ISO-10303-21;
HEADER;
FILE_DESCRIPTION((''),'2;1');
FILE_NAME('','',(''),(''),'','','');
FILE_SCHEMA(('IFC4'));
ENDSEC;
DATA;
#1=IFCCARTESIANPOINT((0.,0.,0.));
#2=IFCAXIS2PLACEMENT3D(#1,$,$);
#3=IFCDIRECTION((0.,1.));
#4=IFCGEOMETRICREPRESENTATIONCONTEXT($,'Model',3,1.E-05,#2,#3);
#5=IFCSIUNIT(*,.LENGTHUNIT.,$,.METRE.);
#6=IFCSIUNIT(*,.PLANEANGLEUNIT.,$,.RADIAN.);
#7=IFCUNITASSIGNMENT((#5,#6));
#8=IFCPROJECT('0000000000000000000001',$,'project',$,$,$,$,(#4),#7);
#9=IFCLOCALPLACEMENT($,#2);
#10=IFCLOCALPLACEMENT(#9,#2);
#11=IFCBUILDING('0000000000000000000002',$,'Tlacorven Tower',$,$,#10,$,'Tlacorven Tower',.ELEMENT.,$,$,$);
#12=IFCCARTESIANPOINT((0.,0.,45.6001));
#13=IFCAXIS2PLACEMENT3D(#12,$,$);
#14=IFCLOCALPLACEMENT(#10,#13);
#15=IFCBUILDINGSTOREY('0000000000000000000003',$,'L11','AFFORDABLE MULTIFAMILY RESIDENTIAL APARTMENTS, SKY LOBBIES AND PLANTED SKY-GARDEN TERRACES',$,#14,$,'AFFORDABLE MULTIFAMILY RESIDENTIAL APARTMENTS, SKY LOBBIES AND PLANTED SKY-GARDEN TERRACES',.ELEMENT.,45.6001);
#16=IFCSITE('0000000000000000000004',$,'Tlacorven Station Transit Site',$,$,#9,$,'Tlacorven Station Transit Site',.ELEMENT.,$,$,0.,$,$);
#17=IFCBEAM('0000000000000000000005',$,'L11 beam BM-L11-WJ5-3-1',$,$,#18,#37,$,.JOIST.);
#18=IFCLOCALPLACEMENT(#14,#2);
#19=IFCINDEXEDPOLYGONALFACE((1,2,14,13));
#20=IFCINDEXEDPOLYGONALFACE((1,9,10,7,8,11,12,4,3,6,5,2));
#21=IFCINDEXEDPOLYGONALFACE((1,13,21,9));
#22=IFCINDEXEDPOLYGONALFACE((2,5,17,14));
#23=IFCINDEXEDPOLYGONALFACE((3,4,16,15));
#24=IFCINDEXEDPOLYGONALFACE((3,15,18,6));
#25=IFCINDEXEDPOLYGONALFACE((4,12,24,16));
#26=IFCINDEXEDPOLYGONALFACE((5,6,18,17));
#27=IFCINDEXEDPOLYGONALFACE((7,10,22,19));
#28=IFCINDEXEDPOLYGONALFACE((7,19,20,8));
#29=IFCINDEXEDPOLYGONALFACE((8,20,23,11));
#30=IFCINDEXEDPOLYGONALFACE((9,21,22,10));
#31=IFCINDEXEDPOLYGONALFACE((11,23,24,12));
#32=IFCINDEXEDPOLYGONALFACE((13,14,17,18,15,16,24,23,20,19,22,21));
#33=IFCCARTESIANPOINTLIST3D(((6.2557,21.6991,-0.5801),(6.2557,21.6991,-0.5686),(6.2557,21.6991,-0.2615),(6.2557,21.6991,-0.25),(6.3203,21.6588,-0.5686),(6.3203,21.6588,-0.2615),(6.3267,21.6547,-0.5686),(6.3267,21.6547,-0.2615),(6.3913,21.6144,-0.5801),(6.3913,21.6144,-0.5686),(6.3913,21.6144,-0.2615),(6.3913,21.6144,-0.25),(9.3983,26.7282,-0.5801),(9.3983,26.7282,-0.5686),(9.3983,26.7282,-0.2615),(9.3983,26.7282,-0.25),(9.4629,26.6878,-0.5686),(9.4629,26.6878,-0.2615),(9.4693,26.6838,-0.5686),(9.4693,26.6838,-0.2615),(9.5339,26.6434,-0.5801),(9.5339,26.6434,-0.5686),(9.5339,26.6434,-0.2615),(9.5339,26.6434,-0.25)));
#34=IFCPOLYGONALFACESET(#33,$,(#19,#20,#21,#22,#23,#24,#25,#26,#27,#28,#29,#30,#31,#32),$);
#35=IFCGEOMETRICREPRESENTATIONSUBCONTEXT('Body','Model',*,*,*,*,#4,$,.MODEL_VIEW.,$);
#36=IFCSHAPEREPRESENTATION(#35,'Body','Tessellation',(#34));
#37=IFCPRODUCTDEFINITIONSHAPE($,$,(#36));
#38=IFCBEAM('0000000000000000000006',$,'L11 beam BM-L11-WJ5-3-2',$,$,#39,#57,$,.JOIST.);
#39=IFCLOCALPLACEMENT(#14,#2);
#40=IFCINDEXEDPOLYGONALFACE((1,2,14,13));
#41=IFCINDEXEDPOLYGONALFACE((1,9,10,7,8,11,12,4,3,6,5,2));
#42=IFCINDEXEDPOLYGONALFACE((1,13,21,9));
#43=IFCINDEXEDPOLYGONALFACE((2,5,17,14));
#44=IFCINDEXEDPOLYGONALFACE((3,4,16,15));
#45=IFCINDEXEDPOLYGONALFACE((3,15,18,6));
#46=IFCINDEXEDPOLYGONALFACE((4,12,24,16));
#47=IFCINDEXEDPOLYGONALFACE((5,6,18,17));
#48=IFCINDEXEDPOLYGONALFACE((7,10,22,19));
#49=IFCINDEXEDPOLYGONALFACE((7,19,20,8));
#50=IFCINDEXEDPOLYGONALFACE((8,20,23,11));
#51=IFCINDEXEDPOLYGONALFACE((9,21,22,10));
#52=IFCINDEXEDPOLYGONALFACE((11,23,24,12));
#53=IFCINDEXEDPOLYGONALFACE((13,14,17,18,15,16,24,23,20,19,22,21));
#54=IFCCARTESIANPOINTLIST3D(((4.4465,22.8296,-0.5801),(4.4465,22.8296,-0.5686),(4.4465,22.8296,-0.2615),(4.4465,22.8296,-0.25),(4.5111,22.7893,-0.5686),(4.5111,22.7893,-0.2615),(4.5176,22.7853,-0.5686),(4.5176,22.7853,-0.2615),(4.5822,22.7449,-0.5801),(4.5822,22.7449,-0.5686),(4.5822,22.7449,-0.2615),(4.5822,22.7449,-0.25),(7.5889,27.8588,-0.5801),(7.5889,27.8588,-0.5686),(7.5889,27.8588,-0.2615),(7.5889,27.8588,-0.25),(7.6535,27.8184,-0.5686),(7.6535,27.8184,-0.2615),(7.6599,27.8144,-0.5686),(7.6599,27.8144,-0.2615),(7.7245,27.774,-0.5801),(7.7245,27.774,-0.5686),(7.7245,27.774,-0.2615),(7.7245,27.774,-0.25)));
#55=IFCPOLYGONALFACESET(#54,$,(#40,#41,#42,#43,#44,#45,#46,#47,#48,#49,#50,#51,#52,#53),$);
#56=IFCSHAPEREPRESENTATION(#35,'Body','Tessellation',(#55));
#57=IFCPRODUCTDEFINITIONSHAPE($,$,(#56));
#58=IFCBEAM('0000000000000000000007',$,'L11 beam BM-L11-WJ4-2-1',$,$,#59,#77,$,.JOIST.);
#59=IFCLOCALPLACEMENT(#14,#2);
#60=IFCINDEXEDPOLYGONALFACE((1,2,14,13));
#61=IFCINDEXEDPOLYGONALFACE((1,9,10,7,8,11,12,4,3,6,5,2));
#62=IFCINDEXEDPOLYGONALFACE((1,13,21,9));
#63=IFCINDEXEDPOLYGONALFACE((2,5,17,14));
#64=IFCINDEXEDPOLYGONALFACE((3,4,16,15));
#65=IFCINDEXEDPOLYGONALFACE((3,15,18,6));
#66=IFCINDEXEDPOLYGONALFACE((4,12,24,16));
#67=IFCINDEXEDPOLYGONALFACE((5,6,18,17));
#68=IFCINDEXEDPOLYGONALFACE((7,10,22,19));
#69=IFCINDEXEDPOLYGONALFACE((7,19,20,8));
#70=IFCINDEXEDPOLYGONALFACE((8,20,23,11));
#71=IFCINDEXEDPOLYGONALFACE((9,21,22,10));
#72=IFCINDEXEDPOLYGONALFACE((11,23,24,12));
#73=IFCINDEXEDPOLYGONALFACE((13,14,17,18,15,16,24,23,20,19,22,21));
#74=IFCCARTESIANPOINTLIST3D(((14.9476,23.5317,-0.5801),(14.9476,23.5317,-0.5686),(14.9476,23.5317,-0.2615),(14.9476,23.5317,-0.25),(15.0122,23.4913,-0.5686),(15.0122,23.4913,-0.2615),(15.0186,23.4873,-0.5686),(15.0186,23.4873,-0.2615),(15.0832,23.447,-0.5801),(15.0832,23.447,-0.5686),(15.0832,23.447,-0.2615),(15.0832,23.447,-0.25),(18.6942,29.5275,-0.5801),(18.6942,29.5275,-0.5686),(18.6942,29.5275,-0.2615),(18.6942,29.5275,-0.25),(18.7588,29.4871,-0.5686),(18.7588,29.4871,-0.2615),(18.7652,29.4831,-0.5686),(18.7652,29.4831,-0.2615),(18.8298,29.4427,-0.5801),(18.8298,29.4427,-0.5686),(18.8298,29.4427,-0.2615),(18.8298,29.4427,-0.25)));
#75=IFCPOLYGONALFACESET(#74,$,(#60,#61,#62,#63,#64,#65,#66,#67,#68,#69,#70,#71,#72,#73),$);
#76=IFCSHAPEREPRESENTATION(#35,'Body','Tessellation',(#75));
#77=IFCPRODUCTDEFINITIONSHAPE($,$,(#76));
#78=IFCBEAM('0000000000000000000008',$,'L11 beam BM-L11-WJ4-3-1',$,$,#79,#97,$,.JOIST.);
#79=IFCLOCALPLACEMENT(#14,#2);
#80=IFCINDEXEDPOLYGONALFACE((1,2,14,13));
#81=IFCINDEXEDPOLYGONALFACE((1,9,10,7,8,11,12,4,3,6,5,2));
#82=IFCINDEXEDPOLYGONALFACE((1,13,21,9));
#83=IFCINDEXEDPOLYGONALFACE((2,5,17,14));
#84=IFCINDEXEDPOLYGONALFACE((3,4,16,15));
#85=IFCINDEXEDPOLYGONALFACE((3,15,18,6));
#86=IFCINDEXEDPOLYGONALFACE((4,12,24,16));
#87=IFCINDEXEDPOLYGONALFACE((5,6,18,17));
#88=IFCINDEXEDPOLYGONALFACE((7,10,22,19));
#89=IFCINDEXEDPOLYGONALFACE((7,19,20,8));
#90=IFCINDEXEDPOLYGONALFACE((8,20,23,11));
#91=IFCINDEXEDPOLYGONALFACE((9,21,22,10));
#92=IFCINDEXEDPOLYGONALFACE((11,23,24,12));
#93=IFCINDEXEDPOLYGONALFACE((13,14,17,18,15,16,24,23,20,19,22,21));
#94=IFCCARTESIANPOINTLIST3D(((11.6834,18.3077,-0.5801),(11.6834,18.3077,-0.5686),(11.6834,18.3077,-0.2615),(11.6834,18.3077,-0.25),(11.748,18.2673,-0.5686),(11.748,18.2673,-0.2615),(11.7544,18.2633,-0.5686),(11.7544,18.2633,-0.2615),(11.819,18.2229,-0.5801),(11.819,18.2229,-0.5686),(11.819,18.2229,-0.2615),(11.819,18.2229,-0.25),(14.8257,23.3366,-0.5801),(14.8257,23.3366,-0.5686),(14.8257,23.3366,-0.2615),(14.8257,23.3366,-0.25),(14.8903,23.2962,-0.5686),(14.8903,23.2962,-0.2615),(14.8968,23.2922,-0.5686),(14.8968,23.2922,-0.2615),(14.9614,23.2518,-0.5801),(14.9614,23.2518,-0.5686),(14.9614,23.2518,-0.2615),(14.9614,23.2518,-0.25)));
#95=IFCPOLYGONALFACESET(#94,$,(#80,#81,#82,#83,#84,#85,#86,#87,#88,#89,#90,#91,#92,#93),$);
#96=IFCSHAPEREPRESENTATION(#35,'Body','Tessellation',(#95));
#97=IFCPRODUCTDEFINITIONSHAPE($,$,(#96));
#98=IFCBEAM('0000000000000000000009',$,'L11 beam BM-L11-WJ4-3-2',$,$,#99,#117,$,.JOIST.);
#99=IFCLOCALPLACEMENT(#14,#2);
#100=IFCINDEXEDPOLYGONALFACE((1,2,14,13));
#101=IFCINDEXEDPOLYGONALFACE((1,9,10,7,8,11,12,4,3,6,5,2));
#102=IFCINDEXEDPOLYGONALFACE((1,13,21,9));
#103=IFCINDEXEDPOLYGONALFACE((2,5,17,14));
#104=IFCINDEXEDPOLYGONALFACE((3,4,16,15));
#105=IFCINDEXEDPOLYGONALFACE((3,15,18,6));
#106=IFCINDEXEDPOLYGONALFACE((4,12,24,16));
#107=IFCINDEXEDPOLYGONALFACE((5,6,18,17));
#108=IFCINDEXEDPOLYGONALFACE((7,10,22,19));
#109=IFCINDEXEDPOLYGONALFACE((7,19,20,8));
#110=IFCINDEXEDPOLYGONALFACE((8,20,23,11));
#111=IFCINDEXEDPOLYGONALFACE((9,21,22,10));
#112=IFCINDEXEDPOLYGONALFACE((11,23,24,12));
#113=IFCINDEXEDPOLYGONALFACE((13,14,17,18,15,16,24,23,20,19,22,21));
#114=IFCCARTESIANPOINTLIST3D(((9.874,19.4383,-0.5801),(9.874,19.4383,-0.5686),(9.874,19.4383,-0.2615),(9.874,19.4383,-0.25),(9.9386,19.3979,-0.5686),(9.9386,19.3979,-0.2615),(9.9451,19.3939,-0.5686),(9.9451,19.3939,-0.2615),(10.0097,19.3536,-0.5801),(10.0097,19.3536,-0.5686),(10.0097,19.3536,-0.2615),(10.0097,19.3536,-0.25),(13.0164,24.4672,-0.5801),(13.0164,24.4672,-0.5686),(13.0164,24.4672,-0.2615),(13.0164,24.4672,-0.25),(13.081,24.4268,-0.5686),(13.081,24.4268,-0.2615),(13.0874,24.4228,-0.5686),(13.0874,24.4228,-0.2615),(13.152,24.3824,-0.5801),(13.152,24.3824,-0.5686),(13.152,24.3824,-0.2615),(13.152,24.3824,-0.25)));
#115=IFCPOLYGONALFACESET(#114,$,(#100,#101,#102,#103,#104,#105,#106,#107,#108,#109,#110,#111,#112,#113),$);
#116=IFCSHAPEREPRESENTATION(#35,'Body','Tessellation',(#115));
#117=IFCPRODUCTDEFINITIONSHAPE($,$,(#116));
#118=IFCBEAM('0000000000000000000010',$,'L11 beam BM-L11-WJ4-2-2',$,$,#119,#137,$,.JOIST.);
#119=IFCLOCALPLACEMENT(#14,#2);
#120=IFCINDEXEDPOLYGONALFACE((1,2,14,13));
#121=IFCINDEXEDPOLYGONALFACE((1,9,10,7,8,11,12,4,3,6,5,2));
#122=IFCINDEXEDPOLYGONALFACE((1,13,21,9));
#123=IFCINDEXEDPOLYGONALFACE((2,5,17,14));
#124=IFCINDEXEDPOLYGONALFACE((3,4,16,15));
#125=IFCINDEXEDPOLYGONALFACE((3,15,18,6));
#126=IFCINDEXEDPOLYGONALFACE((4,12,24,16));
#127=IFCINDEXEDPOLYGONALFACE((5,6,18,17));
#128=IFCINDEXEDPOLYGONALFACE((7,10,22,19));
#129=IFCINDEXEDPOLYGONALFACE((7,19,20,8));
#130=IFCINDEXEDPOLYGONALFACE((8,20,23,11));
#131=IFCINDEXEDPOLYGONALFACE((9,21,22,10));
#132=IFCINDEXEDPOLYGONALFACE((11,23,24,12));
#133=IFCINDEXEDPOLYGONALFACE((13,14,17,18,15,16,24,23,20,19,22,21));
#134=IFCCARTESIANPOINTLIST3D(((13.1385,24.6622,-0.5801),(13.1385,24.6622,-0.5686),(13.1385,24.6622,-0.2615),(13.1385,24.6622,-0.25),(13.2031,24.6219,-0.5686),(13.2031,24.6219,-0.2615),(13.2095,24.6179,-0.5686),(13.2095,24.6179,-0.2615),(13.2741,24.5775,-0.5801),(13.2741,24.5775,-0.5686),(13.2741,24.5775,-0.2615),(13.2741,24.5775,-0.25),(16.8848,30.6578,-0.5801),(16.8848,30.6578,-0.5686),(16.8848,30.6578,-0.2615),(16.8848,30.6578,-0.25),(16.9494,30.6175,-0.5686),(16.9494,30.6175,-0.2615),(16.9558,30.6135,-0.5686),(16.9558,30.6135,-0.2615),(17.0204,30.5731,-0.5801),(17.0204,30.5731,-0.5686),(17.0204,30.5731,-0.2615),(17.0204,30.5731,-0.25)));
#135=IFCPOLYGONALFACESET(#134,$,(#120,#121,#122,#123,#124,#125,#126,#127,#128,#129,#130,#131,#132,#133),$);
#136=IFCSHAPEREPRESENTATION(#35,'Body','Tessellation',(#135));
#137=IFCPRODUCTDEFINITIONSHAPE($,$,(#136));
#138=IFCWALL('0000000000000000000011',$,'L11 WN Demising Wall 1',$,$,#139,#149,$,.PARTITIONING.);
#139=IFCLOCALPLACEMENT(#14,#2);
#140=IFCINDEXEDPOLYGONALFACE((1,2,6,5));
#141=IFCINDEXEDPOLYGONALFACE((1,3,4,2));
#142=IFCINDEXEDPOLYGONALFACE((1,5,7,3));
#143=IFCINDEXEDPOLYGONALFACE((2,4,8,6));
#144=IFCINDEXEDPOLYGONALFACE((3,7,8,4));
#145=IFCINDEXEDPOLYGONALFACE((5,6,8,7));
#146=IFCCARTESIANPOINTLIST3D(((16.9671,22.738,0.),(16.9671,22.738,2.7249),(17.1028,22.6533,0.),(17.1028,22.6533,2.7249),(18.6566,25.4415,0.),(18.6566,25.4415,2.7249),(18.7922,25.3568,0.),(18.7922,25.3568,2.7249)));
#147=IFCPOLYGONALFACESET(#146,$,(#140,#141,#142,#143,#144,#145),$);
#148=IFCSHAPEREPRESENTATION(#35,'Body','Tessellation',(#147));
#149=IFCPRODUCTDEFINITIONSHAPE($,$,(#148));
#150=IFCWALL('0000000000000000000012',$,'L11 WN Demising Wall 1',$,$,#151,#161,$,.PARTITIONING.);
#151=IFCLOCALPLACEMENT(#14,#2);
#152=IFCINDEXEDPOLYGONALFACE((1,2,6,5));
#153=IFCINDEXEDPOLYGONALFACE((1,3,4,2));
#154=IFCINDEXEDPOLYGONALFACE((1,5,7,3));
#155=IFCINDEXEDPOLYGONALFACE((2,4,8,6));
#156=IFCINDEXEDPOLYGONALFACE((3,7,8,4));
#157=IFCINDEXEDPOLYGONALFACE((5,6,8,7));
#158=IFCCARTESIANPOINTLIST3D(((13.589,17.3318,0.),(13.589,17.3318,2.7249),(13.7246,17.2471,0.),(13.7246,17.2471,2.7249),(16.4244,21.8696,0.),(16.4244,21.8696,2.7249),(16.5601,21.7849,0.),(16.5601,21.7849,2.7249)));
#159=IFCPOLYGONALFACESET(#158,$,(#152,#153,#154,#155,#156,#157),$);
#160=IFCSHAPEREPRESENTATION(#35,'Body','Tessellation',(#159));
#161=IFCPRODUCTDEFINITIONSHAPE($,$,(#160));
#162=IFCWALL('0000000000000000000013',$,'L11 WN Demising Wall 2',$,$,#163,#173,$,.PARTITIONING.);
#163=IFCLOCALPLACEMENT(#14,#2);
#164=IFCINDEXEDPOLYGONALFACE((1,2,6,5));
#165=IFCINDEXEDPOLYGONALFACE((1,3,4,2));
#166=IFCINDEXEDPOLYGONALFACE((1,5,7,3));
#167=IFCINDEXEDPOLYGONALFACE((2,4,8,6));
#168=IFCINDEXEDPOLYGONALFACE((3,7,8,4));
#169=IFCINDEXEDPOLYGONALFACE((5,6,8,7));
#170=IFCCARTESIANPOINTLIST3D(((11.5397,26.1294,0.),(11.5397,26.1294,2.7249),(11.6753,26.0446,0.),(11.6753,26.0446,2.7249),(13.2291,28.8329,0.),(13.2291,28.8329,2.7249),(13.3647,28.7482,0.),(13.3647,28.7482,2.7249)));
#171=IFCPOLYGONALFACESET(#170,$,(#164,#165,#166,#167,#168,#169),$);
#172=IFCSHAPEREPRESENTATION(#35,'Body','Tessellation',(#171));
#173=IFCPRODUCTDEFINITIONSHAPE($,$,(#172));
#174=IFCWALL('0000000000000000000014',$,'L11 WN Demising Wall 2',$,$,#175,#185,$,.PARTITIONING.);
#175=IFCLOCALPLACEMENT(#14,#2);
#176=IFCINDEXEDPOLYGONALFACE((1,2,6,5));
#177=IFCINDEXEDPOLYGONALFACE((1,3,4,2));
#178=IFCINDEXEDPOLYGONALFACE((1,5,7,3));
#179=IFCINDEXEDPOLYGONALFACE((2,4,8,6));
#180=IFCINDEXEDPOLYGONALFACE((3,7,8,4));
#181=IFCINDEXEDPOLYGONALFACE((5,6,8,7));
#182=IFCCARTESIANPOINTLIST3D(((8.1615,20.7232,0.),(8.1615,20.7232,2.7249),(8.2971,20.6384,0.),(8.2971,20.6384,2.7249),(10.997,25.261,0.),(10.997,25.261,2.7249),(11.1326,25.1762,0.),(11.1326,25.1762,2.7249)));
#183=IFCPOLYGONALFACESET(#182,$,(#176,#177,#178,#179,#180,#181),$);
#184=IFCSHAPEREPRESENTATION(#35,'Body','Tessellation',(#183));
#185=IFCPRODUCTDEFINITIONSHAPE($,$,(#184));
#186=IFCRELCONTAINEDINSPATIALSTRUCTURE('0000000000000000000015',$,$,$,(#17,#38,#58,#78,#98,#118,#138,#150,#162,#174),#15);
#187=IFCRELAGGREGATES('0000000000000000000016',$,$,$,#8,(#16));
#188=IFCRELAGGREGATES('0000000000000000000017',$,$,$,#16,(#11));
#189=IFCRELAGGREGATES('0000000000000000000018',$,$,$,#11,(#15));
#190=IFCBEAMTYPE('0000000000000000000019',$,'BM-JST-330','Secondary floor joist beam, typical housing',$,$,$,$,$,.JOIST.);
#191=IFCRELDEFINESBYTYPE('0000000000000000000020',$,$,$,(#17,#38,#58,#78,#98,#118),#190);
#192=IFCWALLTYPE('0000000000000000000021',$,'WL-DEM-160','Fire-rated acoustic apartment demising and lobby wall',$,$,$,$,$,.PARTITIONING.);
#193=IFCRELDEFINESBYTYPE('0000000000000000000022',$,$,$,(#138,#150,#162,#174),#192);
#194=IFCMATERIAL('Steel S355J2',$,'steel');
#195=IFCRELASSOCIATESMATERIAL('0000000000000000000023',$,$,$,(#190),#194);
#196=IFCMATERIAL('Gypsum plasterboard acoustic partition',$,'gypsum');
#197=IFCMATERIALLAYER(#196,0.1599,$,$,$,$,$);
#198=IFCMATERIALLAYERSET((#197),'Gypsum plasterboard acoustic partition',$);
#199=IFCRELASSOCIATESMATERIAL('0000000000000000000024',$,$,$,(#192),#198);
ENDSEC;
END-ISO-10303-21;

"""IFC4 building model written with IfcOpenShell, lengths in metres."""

from ifc_helpers import new_model, si_unit, direction, frame, frame_2d, origin, origin_2d, place, context, subcontext, project, spatial, rectangle, i_section, extrude, source, transform, mapped, material, layer, layer_set, material_profile, profile_set, type_object, element, save


model = new_model("IFC4")

# Units and contexts
model_context = context("Model", 3, precision=1e-05, world=origin(), true_north=direction((0.0, 1.0)))
body_context = subcontext(model_context, "Body", "Model", "MODEL_VIEW")
ifc_project = project(units=[si_unit("LENGTHUNIT", "METRE"), si_unit("PLANEANGLEUNIT", "RADIAN")], contexts=[model_context])

# Site, building, storey
site_placement = place(None, origin())
site = spatial("IfcSite", under=ifc_project, at=site_placement, Name="Tlacorven Station Transit Site", LongName="Tlacorven Station Transit Site", CompositionType="ELEMENT", RefElevation=0.0)
building_placement = place(site_placement, origin())
building = spatial("IfcBuilding", under=site, at=building_placement, Name="Tlacorven Tower", LongName="Tlacorven Tower", CompositionType="ELEMENT")
storey_placement = place(building_placement, frame((0.0, 0.0, 45.6001)))
storey = spatial("IfcBuildingStorey", under=building, at=storey_placement, Name="L11", Description="AFFORDABLE MULTIFAMILY RESIDENTIAL APARTMENTS, SKY LOBBIES AND PLANTED SKY-GARDEN TERRACES", LongName="AFFORDABLE MULTIFAMILY RESIDENTIAL APARTMENTS, SKY LOBBIES AND PLANTED SKY-GARDEN TERRACES", CompositionType="ELEMENT", Elevation=45.6001)

# Beams
ifc_material_1 = material(Name="Steel S355J2", Category="steel")
ifc_material_profile_1 = material_profile(ifc_material_1, i_section(OverallWidth=0.1599, OverallDepth=0.3301, WebThickness=0.0076, FlangeThickness=0.0115, at=origin_2d()), Name="IPE 330")
ifc_profile_set_1 = profile_set([ifc_material_profile_1], Name="Steel S355J2")
beam_type_1 = type_object("IfcBeamType", Name="BM-JST-330", Description="Secondary floor joist beam, typical housing", PredefinedType="JOIST", material=ifc_profile_set_1)
shared_shape_1 = source(origin(), body_context, "Body", "SweptSolid", [
    extrude(i_section(OverallWidth=0.1599, OverallDepth=0.3301, WebThickness=0.0076, FlangeThickness=0.0115, at=origin_2d()), origin(), (0.0, 0.0, 1.0), 5.9302),
])
for number, where, z_axis, x_axis, name in (
    (1, (9.4661, 26.6858, -0.415), (-0.529929, -0.848042, 0.0), (0.848042, -0.529929, 0.0), "L11 beam BM-L11-WJ5-3-1"),
    (2, (7.6567, 27.8164, -0.415), (-0.529899, -0.848061, 0.0), (0.848061, -0.529899, 0.0), "L11 beam BM-L11-WJ5-3-2"),
):
    element("IfcBeam", number, at=place(storey_placement, frame(where, z_axis=z_axis, x_axis=x_axis)), inside=storey, type_object=beam_type_1, Name=name, PredefinedType="JOIST", context=body_context, shape_type="MappedRepresentation", body=[
        mapped(shared_shape_1, transform((0.0, 0.0, 0.0), scale=1.0)),
    ])
shared_shape_2 = source(origin(), body_context, "Body", "SweptSolid", [
    extrude(i_section(OverallWidth=0.1599, OverallDepth=0.3301, WebThickness=0.0076, FlangeThickness=0.0115, at=origin_2d()), origin(), (0.0, 0.0, 1.0), 7.0701),
])
beam_1_placement = place(storey_placement, frame((18.762, 29.4851, -0.415), z_axis=(-0.529915, -0.848051, 0.0), x_axis=(0.848051, -0.529915, 0.0)))
element("IfcBeam", 3, at=beam_1_placement, inside=storey, type_object=beam_type_1, Name="L11 beam BM-L11-WJ4-2-1", PredefinedType="JOIST", context=body_context, shape_type="MappedRepresentation", body=[
    mapped(shared_shape_2, transform((0.0, 0.0, 0.0), scale=1.0)),
])
shared_shape_3 = source(origin(), body_context, "Body", "SweptSolid", [
    extrude(i_section(OverallWidth=0.1599, OverallDepth=0.3301, WebThickness=0.0076, FlangeThickness=0.0115, at=origin_2d()), origin(), (0.0, 0.0, 1.0), 5.9299),
])
for number, where, z_axis, x_axis, name in (
    (4, (14.8936, 23.2942, -0.415), (-0.529918, -0.848049, 0.0), (0.848049, -0.529918, 0.0), "L11 beam BM-L11-WJ4-3-1"),
    (5, (13.0842, 24.4248, -0.415), (-0.529918, -0.848049, 0.0), (0.848049, -0.529918, 0.0), "L11 beam BM-L11-WJ4-3-2"),
):
    element("IfcBeam", number, at=place(storey_placement, frame(where, z_axis=z_axis, x_axis=x_axis)), inside=storey, type_object=beam_type_1, Name=name, PredefinedType="JOIST", context=body_context, shape_type="MappedRepresentation", body=[
        mapped(shared_shape_3, transform((0.0, 0.0, 0.0), scale=1.0)),
    ])
shared_shape_4 = source(origin(), body_context, "Body", "SweptSolid", [
    extrude(i_section(OverallWidth=0.1599, OverallDepth=0.3301, WebThickness=0.0076, FlangeThickness=0.0115, at=origin_2d()), origin(), (0.0, 0.0, 1.0), 7.0698),
])
beam_2_placement = place(storey_placement, frame((16.9526, 30.6155, -0.415), z_axis=(-0.529906, -0.848057, 0.0), x_axis=(0.848057, -0.529906, 0.0)))
element("IfcBeam", 6, at=beam_2_placement, inside=storey, type_object=beam_type_1, Name="L11 beam BM-L11-WJ4-2-2", PredefinedType="JOIST", context=body_context, shape_type="MappedRepresentation", body=[
    mapped(shared_shape_4, transform((0.0, 0.0, 0.0), scale=1.0)),
])

# Walls
ifc_material_2 = material(Name="Gypsum plasterboard acoustic partition", Category="gypsum")
ifc_layer_1 = layer(ifc_material_2, 0.1599)
ifc_layer_set_1 = layer_set([ifc_layer_1], Name="Gypsum plasterboard acoustic partition")
wall_type_1 = type_object("IfcWallType", Name="WL-DEM-160", Description="Fire-rated acoustic apartment demising and lobby wall", PredefinedType="PARTITIONING", material=ifc_layer_set_1)
wall_1_placement = place(storey_placement, frame((18.7244, 25.3992, 0.0), z_axis=(0.0, 0.0, 1.0), x_axis=(-0.52993, -0.848041, 0.0)))
element("IfcWall", 7, at=wall_1_placement, inside=storey, type_object=wall_type_1, Name="L11 WN Demising Wall 1", PredefinedType="PARTITIONING", context=body_context, shape_type="SweptSolid", body=[
    extrude(rectangle(XDim=3.188, YDim=0.1599, at=frame_2d((1.594, 0.0))), origin(), (0.0, 0.0, 1.0), 2.7249),
])
wall_2_placement = place(storey_placement, frame((16.4922, 21.8271, 0.0), z_axis=(0.0, 0.0, 1.0), x_axis=(-0.529905, -0.848057, 0.0)))
element("IfcWall", 8, at=wall_2_placement, inside=storey, type_object=wall_type_1, Name="L11 WN Demising Wall 1", PredefinedType="PARTITIONING", context=body_context, shape_type="SweptSolid", body=[
    extrude(rectangle(XDim=5.3508, YDim=0.1599, at=frame_2d((2.6753, 0.0))), origin(), (0.0, 0.0, 1.0), 2.7249),
])
wall_3_placement = place(storey_placement, frame((13.2969, 28.7905, 0.0), z_axis=(0.0, 0.0, 1.0), x_axis=(-0.52993, -0.848041, 0.0)))
element("IfcWall", 9, at=wall_3_placement, inside=storey, type_object=wall_type_1, Name="L11 WN Demising Wall 2", PredefinedType="PARTITIONING", context=body_context, shape_type="SweptSolid", body=[
    extrude(rectangle(XDim=3.188, YDim=0.1599, at=frame_2d((1.594, 0.0))), origin(), (0.0, 0.0, 1.0), 2.7249),
])
wall_4_placement = place(storey_placement, frame((11.0647, 25.2185, 0.0), z_axis=(0.0, 0.0, 1.0), x_axis=(-0.529905, -0.848057, 0.0)))
element("IfcWall", 10, at=wall_4_placement, inside=storey, type_object=wall_type_1, Name="L11 WN Demising Wall 2", PredefinedType="PARTITIONING", context=body_context, shape_type="SweptSolid", body=[
    extrude(rectangle(XDim=5.3508, YDim=0.1599, at=frame_2d((2.6753, 0.0))), origin(), (0.0, 0.0, 1.0), 2.7249),
])

save(model, "model.ifc")
